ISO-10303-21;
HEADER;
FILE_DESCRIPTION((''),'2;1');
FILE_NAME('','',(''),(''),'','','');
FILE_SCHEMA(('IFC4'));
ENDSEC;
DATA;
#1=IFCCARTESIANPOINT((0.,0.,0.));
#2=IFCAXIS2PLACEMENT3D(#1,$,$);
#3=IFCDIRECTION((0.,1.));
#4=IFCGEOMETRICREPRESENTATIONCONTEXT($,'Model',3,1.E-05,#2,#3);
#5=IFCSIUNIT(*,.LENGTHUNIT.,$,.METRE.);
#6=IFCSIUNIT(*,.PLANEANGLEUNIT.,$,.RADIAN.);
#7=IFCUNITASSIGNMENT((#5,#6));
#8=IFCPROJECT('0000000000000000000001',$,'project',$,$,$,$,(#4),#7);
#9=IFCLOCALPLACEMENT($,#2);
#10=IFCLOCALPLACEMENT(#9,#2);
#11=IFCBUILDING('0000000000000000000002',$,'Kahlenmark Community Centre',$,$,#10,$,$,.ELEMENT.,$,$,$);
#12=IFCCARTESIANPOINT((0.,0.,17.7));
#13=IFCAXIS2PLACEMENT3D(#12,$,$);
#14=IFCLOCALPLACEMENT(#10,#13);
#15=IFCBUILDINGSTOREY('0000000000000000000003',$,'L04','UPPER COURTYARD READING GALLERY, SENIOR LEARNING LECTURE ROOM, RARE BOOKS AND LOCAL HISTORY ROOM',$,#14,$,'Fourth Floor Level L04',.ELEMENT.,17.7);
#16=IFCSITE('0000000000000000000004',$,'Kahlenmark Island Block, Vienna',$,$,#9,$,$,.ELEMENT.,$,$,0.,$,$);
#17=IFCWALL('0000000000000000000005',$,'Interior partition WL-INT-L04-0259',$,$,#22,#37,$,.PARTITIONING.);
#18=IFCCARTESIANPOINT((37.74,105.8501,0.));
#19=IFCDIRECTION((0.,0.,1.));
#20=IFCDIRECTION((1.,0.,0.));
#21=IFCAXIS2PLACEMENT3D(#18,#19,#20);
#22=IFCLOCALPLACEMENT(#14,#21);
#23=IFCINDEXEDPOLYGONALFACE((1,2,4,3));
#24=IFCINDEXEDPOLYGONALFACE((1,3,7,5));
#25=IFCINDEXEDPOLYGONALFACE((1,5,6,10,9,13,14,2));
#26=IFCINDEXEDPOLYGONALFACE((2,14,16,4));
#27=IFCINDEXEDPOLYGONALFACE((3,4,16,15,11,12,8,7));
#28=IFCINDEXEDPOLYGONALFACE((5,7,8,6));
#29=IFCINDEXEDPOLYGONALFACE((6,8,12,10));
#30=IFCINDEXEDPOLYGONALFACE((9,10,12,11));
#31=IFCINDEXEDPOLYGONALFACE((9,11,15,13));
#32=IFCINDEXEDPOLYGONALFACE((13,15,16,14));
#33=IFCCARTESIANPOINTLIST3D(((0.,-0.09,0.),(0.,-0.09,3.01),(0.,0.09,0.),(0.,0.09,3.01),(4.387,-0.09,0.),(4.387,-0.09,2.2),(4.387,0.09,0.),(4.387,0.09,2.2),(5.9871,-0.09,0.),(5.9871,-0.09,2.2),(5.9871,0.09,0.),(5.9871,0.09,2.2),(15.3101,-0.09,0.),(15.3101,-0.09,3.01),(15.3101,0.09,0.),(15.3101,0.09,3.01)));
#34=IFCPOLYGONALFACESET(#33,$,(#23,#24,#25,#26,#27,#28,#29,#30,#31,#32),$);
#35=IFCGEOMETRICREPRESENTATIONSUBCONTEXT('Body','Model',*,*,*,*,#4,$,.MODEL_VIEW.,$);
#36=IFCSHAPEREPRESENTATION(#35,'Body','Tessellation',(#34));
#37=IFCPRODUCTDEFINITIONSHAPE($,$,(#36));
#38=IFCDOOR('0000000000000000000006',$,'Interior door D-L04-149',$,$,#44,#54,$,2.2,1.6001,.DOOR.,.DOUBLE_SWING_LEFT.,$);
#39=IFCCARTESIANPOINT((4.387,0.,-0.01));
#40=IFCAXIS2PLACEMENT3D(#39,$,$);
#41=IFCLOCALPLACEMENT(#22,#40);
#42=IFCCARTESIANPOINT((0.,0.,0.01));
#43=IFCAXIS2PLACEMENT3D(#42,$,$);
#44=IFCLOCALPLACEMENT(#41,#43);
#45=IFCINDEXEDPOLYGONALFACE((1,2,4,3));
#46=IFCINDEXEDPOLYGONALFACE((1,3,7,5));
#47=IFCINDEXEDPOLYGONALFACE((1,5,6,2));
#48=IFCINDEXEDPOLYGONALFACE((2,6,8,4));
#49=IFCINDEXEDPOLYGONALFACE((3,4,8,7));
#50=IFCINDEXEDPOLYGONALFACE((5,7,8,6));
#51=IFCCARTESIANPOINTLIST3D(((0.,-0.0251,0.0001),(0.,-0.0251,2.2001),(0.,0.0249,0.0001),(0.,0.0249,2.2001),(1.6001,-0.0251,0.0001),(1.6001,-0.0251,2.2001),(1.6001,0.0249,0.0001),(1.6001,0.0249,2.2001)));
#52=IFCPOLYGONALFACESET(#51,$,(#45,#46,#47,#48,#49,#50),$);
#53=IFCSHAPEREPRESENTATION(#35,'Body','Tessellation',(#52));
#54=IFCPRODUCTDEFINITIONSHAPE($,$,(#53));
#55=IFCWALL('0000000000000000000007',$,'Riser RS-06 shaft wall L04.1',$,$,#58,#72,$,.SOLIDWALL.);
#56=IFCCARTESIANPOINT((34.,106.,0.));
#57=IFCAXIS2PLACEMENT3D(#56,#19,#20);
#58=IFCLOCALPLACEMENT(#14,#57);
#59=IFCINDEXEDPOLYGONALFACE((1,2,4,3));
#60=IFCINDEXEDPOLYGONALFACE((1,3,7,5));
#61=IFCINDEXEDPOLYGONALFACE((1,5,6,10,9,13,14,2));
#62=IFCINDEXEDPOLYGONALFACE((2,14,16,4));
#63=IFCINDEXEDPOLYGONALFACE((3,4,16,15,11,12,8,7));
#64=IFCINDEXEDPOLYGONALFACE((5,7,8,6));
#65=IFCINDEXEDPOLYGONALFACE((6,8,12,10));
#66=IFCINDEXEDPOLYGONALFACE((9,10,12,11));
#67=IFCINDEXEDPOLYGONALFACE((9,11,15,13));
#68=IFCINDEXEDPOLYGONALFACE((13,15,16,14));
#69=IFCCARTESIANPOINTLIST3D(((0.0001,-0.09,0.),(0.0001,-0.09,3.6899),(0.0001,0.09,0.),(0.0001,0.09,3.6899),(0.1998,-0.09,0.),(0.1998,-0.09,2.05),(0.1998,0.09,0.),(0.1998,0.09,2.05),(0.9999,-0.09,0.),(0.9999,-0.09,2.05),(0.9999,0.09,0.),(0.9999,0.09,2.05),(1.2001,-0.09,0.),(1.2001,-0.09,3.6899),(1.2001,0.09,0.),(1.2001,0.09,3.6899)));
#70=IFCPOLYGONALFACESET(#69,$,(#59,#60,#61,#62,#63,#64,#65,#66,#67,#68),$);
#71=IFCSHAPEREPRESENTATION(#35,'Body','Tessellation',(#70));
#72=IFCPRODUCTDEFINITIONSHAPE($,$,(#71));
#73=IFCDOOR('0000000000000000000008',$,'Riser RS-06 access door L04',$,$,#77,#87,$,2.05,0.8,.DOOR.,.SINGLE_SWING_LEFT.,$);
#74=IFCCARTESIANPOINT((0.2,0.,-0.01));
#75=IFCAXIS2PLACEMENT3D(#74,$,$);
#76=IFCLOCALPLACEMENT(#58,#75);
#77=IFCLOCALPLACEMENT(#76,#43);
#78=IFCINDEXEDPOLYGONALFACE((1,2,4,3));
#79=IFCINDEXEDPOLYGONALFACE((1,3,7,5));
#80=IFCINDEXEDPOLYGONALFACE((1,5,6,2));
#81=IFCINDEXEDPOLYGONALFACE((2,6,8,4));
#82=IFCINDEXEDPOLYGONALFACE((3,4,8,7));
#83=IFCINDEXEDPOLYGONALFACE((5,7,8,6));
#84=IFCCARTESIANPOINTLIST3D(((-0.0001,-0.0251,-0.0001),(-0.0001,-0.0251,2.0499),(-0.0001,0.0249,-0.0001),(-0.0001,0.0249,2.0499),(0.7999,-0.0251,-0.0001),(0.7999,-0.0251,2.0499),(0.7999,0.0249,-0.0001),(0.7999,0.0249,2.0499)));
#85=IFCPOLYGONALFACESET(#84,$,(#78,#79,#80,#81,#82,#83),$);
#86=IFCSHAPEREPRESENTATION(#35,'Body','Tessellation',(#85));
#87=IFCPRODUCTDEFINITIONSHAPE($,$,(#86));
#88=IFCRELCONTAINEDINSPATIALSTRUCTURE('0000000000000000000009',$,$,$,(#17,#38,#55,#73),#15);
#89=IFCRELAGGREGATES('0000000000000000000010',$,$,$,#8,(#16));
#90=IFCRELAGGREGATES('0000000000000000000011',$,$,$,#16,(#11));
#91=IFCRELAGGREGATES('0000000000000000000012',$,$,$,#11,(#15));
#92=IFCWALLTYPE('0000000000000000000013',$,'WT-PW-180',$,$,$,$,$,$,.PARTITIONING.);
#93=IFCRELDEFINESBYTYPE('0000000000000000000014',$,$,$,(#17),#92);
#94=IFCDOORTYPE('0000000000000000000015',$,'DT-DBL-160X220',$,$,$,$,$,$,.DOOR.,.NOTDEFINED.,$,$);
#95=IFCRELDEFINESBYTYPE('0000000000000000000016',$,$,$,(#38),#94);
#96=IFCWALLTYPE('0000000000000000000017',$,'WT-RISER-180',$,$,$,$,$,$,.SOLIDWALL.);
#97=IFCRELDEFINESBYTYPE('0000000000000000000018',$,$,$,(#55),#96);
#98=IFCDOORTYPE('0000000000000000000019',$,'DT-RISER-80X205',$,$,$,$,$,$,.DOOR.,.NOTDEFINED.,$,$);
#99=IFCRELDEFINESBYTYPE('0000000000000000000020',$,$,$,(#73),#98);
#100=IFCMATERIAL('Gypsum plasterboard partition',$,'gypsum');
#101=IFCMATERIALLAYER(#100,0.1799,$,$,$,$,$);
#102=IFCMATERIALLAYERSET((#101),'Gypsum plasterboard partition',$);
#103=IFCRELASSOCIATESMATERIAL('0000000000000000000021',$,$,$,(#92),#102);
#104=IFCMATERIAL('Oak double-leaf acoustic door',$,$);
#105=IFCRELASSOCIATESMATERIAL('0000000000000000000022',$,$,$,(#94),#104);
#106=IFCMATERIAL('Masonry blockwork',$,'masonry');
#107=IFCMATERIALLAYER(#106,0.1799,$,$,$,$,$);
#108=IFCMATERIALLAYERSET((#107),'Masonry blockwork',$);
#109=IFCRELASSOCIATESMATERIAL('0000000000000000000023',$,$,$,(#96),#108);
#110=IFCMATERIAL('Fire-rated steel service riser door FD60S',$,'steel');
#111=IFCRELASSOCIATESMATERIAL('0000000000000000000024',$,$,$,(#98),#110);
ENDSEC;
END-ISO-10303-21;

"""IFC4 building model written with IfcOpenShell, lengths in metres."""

from ifc_helpers import new_model, si_unit, direction, frame, frame_2d, origin, place, context, subcontext, project, spatial, rectangle, extrude, material, layer, layer_set, type_object, element, fill, save


model = new_model("IFC4")

# Units and contexts
model_context = context("Model", 3, precision=1e-05, world=origin(), true_north=direction((0.0, 1.0)))
body_context = subcontext(model_context, "Body", "Model", "MODEL_VIEW")
ifc_project = project(units=[si_unit("LENGTHUNIT", "METRE"), si_unit("PLANEANGLEUNIT", "RADIAN")], contexts=[model_context])

# Site, building, storey
site_placement = place(None, origin())
site = spatial("IfcSite", under=ifc_project, at=site_placement, Name="Kahlenmark Island Block, Vienna", CompositionType="ELEMENT", RefElevation=0.0)
building_placement = place(site_placement, origin())
building = spatial("IfcBuilding", under=site, at=building_placement, Name="Kahlenmark Community Centre", CompositionType="ELEMENT")
storey_placement = place(building_placement, frame((0.0, 0.0, 17.7)))
storey = spatial("IfcBuildingStorey", under=building, at=storey_placement, Name="L04", Description="UPPER COURTYARD READING GALLERY, SENIOR LEARNING LECTURE ROOM, RARE BOOKS AND LOCAL HISTORY ROOM", LongName="Fourth Floor Level L04", CompositionType="ELEMENT", Elevation=17.7)

# Walls, openings, doors
ifc_material_1 = material(Name="Gypsum plasterboard partition", Category="gypsum")
ifc_layer_1 = layer(ifc_material_1, 0.1799)
ifc_layer_set_1 = layer_set([ifc_layer_1], Name="Gypsum plasterboard partition")
wall_type_1 = type_object("IfcWallType", Name="WT-PW-180", PredefinedType="PARTITIONING", material=ifc_layer_set_1)
wall_1_placement = place(storey_placement, frame((37.74, 105.8501, 0.0), z_axis=(0.0, 0.0, 1.0), x_axis=(1.0, 0.0, 0.0)))
wall_1 = element("IfcWall", 1, at=wall_1_placement, inside=storey, type_object=wall_type_1, Name="Interior partition WL-INT-L04-0259", PredefinedType="PARTITIONING", context=body_context, shape_type="SweptSolid", body=[
    extrude(rectangle(XDim=15.3101, YDim=0.1799, at=frame_2d((7.655, 0.0))), origin(), (0.0, 0.0, 1.0), 3.01),
])
opening_1_placement = place(wall_1_placement, frame((4.387, 0.0, -0.01)))
opening_1 = element("IfcOpeningElement", 2, at=opening_1_placement, cuts=wall_1, PredefinedType="OPENING", context=body_context, shape_type="SweptSolid", body=[
    extrude(rectangle(XDim=1.6001, YDim=2.21, at=frame_2d((0.8, 1.105))), frame((0.0, 0.0999, 0.0), z_axis=(0.0, -1.0, 0.0), x_axis=(1.0, 0.0, 0.0)), (0.0, 0.0, 1.0), 0.2),
])
ifc_material_2 = material(Name="Oak double-leaf acoustic door")
door_type_1 = type_object("IfcDoorType", Name="DT-DBL-160X220", OperationType="NOTDEFINED", PredefinedType="DOOR", material=ifc_material_2)
door_1_placement = place(opening_1_placement, frame((0.0, 0.0, 0.01)))
door_1 = element("IfcDoor", 3, at=door_1_placement, inside=storey, type_object=door_type_1, Name="Interior door D-L04-149", OperationType="DOUBLE_SWING_LEFT", OverallHeight=2.2, OverallWidth=1.6001, PredefinedType="DOOR", context=body_context, shape_type="SweptSolid", body=[
    extrude(rectangle(XDim=1.6001, YDim=2.2, at=frame_2d((0.8, 1.1001))), frame((0.0, 0.0249, 0.0), z_axis=(0.0, -1.0, 0.0), x_axis=(1.0, 0.0, 0.0)), (0.0, 0.0, 1.0), 0.05),
])
fill(opening_1, door_1)
ifc_material_3 = material(Name="Masonry blockwork", Category="masonry")
ifc_layer_2 = layer(ifc_material_3, 0.1799)
ifc_layer_set_2 = layer_set([ifc_layer_2], Name="Masonry blockwork")
wall_type_2 = type_object("IfcWallType", Name="WT-RISER-180", PredefinedType="SOLIDWALL", material=ifc_layer_set_2)
wall_2_placement = place(storey_placement, frame((34.0, 106.0, 0.0), z_axis=(0.0, 0.0, 1.0), x_axis=(1.0, 0.0, 0.0)))
wall_2 = element("IfcWall", 4, at=wall_2_placement, inside=storey, type_object=wall_type_2, Name="Riser RS-06 shaft wall L04.1", PredefinedType="SOLIDWALL", context=body_context, shape_type="SweptSolid", body=[
    extrude(rectangle(XDim=1.2, YDim=0.1799, at=frame_2d((0.6001, 0.0))), origin(), (0.0, 0.0, 1.0), 3.6899),
])
opening_2_placement = place(wall_2_placement, frame((0.2, 0.0, -0.01)))
opening_2 = element("IfcOpeningElement", 5, at=opening_2_placement, cuts=wall_2, PredefinedType="OPENING", context=body_context, shape_type="SweptSolid", body=[
    extrude(rectangle(XDim=0.8, YDim=2.0601, at=frame_2d((0.3999, 1.03))), frame((0.0, 0.0999, 0.0), z_axis=(0.0, -1.0, 0.0), x_axis=(1.0, 0.0, 0.0)), (0.0, 0.0, 1.0), 0.2),
])
ifc_material_4 = material(Name="Fire-rated steel service riser door FD60S", Category="steel")
door_type_2 = type_object("IfcDoorType", Name="DT-RISER-80X205", OperationType="NOTDEFINED", PredefinedType="DOOR", material=ifc_material_4)
door_2_placement = place(opening_2_placement, frame((0.0, 0.0, 0.01)))
door_2 = element("IfcDoor", 6, at=door_2_placement, inside=storey, type_object=door_type_2, Name="Riser RS-06 access door L04", OperationType="SINGLE_SWING_LEFT", OverallHeight=2.05, OverallWidth=0.8, PredefinedType="DOOR", context=body_context, shape_type="SweptSolid", body=[
    extrude(rectangle(XDim=0.8, YDim=2.05, at=frame_2d((0.3999, 1.0249))), frame((0.0, 0.0249, 0.0), z_axis=(0.0, -1.0, 0.0), x_axis=(1.0, 0.0, 0.0)), (0.0, 0.0, 1.0), 0.05),
])
fill(opening_2, door_2)

save(model, "model.ifc")
